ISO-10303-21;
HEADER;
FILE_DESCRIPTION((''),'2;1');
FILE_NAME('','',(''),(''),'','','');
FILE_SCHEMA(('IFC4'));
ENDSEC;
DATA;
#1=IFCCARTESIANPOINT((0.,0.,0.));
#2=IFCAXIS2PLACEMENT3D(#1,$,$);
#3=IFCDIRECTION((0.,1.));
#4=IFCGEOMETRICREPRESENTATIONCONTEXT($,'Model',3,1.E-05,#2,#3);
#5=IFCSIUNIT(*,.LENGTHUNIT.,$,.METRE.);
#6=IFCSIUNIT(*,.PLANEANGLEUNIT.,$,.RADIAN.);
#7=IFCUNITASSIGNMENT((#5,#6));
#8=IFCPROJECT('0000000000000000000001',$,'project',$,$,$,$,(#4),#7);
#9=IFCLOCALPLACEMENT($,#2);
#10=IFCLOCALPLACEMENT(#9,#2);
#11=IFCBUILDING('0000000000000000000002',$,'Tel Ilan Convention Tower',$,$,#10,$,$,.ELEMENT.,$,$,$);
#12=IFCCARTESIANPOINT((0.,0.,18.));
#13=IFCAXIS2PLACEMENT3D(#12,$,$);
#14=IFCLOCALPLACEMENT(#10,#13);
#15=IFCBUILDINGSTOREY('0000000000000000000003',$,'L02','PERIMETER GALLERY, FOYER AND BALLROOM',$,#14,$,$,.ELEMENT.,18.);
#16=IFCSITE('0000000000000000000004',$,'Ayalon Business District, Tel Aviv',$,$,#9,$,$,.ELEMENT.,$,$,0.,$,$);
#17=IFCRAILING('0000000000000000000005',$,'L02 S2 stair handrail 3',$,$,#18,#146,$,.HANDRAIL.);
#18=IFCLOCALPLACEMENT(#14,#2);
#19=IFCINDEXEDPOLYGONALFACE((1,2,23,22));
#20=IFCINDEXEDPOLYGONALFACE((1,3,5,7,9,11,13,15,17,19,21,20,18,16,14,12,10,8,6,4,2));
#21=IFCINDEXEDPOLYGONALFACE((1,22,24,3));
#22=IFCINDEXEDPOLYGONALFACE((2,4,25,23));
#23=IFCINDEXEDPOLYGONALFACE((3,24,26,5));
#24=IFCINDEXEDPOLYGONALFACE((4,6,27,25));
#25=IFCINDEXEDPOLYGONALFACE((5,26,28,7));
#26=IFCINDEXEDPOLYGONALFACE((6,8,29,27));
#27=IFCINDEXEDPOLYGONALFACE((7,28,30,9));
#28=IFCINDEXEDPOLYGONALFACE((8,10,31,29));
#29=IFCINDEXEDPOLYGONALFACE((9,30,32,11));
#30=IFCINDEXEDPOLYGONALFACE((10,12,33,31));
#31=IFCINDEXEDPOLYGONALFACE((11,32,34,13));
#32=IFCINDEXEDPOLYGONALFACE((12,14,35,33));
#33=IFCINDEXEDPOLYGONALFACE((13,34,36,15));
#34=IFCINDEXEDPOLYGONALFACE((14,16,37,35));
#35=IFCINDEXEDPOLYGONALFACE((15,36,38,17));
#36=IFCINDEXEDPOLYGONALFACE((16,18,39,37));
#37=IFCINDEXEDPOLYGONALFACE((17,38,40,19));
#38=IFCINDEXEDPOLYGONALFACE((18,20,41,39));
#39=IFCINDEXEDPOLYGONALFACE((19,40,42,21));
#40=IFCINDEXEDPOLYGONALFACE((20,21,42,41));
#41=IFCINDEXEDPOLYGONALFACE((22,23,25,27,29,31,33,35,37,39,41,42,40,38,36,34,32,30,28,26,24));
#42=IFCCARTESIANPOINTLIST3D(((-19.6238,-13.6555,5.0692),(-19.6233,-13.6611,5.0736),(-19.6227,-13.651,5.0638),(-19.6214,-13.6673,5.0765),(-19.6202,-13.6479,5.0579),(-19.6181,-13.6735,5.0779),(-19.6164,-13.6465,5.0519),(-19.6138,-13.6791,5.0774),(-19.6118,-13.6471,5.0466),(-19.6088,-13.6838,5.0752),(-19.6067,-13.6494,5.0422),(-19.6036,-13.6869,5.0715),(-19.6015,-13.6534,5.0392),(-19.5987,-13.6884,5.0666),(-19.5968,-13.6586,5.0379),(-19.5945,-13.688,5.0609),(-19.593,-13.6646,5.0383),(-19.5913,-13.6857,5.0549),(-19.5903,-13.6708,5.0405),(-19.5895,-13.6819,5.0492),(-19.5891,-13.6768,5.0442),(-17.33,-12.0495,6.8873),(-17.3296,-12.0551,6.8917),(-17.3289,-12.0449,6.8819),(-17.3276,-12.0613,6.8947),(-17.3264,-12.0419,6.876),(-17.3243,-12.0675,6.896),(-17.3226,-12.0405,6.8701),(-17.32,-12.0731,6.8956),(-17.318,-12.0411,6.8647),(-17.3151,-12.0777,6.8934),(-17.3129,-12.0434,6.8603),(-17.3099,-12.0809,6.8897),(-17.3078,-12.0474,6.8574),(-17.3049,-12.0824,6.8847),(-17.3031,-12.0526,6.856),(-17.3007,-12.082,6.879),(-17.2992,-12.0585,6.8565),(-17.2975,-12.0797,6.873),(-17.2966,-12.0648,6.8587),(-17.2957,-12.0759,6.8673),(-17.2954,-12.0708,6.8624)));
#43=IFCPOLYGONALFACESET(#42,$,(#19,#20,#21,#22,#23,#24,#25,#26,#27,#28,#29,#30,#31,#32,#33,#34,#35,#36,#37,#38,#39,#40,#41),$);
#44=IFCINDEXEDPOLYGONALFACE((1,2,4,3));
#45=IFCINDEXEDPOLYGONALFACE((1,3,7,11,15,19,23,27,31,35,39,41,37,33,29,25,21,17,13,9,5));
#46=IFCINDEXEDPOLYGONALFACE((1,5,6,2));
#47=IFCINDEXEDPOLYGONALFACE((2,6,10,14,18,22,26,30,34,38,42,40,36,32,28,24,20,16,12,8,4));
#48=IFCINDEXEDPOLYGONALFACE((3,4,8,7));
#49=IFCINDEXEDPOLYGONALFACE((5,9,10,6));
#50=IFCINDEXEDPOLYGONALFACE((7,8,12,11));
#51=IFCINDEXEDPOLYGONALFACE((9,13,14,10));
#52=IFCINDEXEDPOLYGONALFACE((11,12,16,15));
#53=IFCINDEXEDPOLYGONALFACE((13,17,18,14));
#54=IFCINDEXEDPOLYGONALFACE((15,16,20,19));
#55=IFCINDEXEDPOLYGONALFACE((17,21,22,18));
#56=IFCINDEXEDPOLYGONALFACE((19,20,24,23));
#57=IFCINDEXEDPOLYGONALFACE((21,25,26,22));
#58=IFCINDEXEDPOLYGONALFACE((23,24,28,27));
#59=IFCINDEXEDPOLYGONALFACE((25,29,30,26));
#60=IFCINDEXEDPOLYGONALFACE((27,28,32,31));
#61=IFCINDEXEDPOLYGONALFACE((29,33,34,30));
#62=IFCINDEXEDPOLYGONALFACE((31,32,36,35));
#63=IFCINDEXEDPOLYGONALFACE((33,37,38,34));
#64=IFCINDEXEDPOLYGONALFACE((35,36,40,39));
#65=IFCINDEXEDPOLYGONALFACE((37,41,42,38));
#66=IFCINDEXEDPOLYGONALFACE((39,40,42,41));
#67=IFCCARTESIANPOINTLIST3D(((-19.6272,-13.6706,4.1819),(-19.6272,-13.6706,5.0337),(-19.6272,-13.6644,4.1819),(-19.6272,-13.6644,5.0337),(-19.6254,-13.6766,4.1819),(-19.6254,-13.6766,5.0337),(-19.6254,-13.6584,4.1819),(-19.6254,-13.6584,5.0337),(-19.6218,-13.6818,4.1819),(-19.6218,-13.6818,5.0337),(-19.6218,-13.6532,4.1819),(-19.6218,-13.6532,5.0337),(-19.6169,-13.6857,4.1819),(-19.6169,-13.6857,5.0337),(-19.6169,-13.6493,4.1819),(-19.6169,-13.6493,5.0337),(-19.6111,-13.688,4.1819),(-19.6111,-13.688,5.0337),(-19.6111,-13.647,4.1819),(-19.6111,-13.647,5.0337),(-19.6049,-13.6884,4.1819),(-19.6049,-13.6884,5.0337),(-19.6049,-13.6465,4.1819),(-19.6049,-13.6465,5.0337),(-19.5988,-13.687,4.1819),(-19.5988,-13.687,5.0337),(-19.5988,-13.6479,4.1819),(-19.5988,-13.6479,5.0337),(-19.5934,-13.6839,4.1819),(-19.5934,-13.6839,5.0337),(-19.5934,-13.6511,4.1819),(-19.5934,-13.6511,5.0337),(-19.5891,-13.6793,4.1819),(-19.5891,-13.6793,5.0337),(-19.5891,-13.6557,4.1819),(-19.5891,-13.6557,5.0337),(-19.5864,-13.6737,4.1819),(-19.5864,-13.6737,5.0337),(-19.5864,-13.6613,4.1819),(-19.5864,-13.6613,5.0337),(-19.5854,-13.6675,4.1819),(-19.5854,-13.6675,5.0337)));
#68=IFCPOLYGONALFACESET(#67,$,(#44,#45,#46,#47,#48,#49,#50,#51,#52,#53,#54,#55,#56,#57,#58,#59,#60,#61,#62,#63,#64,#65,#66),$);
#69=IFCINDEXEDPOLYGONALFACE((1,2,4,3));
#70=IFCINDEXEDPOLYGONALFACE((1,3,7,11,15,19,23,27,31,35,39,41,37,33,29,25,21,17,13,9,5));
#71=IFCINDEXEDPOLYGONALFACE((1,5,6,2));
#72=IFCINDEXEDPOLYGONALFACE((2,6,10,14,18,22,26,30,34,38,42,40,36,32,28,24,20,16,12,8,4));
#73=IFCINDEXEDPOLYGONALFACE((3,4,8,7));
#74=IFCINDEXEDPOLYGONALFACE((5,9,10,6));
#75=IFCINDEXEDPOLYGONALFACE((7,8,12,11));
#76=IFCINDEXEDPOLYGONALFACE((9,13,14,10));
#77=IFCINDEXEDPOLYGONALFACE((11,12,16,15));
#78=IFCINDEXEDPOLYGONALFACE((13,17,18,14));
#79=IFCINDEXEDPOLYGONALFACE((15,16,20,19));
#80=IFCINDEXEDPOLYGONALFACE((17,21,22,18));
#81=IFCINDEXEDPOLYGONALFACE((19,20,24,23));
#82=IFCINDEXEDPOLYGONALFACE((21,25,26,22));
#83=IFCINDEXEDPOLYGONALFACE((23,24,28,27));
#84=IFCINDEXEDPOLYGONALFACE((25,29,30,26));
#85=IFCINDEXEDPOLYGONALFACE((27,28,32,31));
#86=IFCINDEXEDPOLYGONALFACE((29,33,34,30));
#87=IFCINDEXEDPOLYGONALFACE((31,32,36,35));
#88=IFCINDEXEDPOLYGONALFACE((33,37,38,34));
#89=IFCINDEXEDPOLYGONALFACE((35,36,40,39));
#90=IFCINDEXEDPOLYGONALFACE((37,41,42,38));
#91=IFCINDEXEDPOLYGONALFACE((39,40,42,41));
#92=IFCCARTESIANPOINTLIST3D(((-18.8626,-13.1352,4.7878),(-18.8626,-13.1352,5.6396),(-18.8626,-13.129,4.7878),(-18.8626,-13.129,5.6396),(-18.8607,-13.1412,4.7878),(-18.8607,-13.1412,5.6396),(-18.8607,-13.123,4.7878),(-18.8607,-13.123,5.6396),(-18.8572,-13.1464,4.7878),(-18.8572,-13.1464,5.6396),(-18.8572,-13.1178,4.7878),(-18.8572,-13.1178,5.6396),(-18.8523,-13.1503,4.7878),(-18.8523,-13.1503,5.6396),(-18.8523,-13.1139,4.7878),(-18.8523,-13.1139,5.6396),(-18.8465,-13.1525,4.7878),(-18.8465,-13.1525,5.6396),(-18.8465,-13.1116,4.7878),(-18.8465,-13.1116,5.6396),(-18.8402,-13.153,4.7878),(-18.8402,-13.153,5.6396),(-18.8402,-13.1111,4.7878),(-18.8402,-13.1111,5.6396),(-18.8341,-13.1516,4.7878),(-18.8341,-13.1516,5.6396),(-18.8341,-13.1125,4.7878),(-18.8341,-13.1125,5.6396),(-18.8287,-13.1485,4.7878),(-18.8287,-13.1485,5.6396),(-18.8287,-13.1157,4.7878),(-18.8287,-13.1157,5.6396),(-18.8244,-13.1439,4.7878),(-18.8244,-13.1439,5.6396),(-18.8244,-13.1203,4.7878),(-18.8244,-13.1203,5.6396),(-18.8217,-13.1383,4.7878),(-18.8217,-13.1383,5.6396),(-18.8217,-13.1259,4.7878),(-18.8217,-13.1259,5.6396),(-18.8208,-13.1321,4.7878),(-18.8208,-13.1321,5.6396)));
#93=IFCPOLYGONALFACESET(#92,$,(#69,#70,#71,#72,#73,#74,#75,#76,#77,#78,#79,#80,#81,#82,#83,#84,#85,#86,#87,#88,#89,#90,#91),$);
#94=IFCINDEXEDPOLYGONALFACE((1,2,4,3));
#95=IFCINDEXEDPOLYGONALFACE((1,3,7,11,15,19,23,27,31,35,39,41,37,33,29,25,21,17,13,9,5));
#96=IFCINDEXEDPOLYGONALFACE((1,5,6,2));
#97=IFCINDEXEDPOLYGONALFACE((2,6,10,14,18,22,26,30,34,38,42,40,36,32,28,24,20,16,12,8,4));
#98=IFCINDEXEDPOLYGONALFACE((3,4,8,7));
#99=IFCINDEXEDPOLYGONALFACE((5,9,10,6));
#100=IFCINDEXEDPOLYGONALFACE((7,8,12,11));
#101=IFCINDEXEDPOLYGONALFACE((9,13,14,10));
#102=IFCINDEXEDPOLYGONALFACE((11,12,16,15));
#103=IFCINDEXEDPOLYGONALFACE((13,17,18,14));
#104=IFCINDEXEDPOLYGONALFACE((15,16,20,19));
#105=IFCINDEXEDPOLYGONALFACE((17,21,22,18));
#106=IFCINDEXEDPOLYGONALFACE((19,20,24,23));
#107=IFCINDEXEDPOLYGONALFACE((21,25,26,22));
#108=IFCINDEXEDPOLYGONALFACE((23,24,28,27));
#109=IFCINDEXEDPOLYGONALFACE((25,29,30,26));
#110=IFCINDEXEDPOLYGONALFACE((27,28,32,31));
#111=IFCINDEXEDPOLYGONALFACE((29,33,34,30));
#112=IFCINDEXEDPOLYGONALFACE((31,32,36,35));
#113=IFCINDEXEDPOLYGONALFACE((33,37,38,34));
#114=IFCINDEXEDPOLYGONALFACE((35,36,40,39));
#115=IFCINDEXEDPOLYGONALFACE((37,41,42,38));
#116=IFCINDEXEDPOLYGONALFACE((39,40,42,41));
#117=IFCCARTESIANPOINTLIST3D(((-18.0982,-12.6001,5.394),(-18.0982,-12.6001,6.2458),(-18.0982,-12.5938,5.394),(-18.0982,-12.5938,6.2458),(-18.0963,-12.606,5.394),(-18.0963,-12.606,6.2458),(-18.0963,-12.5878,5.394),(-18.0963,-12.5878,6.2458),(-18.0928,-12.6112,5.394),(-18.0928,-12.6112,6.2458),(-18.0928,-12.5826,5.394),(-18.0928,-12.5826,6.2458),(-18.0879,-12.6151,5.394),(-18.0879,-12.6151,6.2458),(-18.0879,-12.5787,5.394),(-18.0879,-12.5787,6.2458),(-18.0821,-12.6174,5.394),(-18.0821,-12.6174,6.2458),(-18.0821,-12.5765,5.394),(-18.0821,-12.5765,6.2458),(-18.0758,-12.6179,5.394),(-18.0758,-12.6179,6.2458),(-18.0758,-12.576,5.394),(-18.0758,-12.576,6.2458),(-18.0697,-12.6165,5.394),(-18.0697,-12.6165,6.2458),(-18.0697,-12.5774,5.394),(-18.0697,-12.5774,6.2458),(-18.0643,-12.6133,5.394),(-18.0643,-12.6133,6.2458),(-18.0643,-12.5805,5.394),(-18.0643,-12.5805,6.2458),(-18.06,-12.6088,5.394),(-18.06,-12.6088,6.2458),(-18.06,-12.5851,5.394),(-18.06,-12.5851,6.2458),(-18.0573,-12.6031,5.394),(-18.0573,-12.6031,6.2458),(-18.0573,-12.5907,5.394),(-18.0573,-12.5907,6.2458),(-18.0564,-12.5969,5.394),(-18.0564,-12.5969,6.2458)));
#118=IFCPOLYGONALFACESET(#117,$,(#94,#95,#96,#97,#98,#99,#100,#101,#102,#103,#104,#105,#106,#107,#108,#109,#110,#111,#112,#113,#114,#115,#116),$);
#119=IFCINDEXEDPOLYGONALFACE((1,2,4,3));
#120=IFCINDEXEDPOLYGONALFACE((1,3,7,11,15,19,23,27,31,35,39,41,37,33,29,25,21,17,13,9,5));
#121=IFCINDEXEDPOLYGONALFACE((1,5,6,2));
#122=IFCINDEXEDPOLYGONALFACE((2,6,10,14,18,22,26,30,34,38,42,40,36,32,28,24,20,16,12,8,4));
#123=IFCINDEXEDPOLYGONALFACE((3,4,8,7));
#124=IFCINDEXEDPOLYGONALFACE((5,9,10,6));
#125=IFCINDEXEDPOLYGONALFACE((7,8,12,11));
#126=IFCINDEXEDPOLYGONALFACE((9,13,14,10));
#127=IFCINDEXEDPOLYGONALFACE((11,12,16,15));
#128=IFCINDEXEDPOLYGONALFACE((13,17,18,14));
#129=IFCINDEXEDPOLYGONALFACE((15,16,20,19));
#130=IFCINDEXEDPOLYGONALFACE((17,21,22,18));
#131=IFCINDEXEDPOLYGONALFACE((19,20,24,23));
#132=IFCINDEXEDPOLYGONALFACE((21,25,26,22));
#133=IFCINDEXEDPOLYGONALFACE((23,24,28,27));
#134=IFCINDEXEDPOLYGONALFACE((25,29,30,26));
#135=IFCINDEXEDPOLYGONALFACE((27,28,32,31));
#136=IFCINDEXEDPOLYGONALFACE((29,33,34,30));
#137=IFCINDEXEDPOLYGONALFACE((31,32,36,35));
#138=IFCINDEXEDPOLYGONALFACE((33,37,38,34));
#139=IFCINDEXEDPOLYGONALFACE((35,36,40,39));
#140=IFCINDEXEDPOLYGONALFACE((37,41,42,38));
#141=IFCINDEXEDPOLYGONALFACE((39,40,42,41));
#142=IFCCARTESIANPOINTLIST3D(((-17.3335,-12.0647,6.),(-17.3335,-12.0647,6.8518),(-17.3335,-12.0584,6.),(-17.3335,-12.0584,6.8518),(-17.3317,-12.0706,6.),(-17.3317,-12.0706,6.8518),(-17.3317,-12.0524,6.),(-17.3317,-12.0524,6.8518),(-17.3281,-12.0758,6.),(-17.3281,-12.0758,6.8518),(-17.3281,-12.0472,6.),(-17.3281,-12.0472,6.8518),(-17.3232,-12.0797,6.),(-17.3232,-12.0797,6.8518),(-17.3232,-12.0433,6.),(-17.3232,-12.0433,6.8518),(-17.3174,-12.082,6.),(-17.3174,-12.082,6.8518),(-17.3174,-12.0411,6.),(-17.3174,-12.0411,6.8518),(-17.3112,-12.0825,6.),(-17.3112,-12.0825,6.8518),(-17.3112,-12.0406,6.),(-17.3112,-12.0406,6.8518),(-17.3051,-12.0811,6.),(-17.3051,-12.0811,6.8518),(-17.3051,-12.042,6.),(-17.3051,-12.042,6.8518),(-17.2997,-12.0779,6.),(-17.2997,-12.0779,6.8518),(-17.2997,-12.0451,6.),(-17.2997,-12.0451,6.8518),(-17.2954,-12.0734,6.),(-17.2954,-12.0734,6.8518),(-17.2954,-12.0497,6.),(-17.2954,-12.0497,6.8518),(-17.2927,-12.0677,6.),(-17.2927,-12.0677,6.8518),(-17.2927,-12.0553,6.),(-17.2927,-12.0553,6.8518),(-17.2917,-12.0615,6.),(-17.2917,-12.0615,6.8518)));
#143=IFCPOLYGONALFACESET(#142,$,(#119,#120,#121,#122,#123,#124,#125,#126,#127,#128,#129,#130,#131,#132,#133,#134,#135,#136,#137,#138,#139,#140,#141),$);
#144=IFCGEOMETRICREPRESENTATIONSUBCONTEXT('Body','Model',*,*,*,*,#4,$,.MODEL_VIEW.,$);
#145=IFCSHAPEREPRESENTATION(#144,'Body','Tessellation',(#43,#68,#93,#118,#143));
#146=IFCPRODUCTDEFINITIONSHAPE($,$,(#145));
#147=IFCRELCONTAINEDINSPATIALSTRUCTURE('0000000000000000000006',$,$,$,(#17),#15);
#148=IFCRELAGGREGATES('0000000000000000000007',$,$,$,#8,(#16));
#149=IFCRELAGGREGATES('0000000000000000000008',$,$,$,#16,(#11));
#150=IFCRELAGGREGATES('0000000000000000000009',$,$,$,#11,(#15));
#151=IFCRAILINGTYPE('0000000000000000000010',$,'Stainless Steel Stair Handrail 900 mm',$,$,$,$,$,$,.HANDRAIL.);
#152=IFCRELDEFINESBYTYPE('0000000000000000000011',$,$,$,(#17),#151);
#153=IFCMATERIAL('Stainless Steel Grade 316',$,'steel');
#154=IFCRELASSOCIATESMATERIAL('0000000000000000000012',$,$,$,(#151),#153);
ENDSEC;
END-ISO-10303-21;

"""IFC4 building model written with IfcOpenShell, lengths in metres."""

from ifc_helpers import new_model, si_unit, direction, frame, origin, origin_2d, place, context, subcontext, project, spatial, circle, extrude, material, type_object, element, save


model = new_model("IFC4")

# Units and contexts
model_context = context("Model", 3, precision=1e-05, world=origin(), true_north=direction((0.0, 1.0)))
body_context = subcontext(model_context, "Body", "Model", "MODEL_VIEW")
ifc_project = project(units=[si_unit("LENGTHUNIT", "METRE"), si_unit("PLANEANGLEUNIT", "RADIAN")], contexts=[model_context])

# Site, building, storey
site_placement = place(None, origin())
site = spatial("IfcSite", under=ifc_project, at=site_placement, Name="Ayalon Business District, Tel Aviv", CompositionType="ELEMENT", RefElevation=0.0)
building_placement = place(site_placement, origin())
building = spatial("IfcBuilding", under=site, at=building_placement, Name="Tel Ilan Convention Tower", CompositionType="ELEMENT")
storey_placement = place(building_placement, frame((0.0, 0.0, 18.0)))
storey = spatial("IfcBuildingStorey", under=building, at=storey_placement, Name="L02", Description="PERIMETER GALLERY, FOYER AND BALLROOM", CompositionType="ELEMENT", Elevation=18.0)

# Railing
ifc_material_1 = material(Name="Stainless Steel Grade 316", Category="steel")
railing_type = type_object("IfcRailingType", Name="Stainless Steel Stair Handrail 900 mm", PredefinedType="HANDRAIL", material=ifc_material_1)
for number, where, name in (
    (1, (-19.6064, -13.6675, 4.1819), "L02 S2 stair handrail 3"),
):
    element("IfcRailing", number, at=place(storey_placement, frame(where)), inside=storey, type_object=railing_type, Name=name, PredefinedType="HANDRAIL", context=body_context, shape_type="SweptSolid", body=[
        extrude(circle(Radius=0.0239, at=origin_2d()), frame((0.0, 0.0, 0.876), z_axis=(0.687042, 0.481039, 0.544587), x_axis=(-0.57355, 0.81917, 0.0)), (0.0, 0.0, 1.0), 3.3386),
        extrude(circle(Radius=0.021, at=origin_2d()), origin(), (0.0, 0.0, 1.0), 0.8518),
        extrude(circle(Radius=0.021, at=origin_2d()), frame((0.7646, 0.5354, 0.606)), (0.0, 0.0, 1.0), 0.8518),
        extrude(circle(Radius=0.021, at=origin_2d()), frame((1.5291, 1.0706, 1.2122)), (0.0, 0.0, 1.0), 0.8518),
        extrude(circle(Radius=0.021, at=origin_2d()), frame((2.2937, 1.606, 1.8181)), (0.0, 0.0, 1.0), 0.8518),
    ])

save(model, "model.ifc")
